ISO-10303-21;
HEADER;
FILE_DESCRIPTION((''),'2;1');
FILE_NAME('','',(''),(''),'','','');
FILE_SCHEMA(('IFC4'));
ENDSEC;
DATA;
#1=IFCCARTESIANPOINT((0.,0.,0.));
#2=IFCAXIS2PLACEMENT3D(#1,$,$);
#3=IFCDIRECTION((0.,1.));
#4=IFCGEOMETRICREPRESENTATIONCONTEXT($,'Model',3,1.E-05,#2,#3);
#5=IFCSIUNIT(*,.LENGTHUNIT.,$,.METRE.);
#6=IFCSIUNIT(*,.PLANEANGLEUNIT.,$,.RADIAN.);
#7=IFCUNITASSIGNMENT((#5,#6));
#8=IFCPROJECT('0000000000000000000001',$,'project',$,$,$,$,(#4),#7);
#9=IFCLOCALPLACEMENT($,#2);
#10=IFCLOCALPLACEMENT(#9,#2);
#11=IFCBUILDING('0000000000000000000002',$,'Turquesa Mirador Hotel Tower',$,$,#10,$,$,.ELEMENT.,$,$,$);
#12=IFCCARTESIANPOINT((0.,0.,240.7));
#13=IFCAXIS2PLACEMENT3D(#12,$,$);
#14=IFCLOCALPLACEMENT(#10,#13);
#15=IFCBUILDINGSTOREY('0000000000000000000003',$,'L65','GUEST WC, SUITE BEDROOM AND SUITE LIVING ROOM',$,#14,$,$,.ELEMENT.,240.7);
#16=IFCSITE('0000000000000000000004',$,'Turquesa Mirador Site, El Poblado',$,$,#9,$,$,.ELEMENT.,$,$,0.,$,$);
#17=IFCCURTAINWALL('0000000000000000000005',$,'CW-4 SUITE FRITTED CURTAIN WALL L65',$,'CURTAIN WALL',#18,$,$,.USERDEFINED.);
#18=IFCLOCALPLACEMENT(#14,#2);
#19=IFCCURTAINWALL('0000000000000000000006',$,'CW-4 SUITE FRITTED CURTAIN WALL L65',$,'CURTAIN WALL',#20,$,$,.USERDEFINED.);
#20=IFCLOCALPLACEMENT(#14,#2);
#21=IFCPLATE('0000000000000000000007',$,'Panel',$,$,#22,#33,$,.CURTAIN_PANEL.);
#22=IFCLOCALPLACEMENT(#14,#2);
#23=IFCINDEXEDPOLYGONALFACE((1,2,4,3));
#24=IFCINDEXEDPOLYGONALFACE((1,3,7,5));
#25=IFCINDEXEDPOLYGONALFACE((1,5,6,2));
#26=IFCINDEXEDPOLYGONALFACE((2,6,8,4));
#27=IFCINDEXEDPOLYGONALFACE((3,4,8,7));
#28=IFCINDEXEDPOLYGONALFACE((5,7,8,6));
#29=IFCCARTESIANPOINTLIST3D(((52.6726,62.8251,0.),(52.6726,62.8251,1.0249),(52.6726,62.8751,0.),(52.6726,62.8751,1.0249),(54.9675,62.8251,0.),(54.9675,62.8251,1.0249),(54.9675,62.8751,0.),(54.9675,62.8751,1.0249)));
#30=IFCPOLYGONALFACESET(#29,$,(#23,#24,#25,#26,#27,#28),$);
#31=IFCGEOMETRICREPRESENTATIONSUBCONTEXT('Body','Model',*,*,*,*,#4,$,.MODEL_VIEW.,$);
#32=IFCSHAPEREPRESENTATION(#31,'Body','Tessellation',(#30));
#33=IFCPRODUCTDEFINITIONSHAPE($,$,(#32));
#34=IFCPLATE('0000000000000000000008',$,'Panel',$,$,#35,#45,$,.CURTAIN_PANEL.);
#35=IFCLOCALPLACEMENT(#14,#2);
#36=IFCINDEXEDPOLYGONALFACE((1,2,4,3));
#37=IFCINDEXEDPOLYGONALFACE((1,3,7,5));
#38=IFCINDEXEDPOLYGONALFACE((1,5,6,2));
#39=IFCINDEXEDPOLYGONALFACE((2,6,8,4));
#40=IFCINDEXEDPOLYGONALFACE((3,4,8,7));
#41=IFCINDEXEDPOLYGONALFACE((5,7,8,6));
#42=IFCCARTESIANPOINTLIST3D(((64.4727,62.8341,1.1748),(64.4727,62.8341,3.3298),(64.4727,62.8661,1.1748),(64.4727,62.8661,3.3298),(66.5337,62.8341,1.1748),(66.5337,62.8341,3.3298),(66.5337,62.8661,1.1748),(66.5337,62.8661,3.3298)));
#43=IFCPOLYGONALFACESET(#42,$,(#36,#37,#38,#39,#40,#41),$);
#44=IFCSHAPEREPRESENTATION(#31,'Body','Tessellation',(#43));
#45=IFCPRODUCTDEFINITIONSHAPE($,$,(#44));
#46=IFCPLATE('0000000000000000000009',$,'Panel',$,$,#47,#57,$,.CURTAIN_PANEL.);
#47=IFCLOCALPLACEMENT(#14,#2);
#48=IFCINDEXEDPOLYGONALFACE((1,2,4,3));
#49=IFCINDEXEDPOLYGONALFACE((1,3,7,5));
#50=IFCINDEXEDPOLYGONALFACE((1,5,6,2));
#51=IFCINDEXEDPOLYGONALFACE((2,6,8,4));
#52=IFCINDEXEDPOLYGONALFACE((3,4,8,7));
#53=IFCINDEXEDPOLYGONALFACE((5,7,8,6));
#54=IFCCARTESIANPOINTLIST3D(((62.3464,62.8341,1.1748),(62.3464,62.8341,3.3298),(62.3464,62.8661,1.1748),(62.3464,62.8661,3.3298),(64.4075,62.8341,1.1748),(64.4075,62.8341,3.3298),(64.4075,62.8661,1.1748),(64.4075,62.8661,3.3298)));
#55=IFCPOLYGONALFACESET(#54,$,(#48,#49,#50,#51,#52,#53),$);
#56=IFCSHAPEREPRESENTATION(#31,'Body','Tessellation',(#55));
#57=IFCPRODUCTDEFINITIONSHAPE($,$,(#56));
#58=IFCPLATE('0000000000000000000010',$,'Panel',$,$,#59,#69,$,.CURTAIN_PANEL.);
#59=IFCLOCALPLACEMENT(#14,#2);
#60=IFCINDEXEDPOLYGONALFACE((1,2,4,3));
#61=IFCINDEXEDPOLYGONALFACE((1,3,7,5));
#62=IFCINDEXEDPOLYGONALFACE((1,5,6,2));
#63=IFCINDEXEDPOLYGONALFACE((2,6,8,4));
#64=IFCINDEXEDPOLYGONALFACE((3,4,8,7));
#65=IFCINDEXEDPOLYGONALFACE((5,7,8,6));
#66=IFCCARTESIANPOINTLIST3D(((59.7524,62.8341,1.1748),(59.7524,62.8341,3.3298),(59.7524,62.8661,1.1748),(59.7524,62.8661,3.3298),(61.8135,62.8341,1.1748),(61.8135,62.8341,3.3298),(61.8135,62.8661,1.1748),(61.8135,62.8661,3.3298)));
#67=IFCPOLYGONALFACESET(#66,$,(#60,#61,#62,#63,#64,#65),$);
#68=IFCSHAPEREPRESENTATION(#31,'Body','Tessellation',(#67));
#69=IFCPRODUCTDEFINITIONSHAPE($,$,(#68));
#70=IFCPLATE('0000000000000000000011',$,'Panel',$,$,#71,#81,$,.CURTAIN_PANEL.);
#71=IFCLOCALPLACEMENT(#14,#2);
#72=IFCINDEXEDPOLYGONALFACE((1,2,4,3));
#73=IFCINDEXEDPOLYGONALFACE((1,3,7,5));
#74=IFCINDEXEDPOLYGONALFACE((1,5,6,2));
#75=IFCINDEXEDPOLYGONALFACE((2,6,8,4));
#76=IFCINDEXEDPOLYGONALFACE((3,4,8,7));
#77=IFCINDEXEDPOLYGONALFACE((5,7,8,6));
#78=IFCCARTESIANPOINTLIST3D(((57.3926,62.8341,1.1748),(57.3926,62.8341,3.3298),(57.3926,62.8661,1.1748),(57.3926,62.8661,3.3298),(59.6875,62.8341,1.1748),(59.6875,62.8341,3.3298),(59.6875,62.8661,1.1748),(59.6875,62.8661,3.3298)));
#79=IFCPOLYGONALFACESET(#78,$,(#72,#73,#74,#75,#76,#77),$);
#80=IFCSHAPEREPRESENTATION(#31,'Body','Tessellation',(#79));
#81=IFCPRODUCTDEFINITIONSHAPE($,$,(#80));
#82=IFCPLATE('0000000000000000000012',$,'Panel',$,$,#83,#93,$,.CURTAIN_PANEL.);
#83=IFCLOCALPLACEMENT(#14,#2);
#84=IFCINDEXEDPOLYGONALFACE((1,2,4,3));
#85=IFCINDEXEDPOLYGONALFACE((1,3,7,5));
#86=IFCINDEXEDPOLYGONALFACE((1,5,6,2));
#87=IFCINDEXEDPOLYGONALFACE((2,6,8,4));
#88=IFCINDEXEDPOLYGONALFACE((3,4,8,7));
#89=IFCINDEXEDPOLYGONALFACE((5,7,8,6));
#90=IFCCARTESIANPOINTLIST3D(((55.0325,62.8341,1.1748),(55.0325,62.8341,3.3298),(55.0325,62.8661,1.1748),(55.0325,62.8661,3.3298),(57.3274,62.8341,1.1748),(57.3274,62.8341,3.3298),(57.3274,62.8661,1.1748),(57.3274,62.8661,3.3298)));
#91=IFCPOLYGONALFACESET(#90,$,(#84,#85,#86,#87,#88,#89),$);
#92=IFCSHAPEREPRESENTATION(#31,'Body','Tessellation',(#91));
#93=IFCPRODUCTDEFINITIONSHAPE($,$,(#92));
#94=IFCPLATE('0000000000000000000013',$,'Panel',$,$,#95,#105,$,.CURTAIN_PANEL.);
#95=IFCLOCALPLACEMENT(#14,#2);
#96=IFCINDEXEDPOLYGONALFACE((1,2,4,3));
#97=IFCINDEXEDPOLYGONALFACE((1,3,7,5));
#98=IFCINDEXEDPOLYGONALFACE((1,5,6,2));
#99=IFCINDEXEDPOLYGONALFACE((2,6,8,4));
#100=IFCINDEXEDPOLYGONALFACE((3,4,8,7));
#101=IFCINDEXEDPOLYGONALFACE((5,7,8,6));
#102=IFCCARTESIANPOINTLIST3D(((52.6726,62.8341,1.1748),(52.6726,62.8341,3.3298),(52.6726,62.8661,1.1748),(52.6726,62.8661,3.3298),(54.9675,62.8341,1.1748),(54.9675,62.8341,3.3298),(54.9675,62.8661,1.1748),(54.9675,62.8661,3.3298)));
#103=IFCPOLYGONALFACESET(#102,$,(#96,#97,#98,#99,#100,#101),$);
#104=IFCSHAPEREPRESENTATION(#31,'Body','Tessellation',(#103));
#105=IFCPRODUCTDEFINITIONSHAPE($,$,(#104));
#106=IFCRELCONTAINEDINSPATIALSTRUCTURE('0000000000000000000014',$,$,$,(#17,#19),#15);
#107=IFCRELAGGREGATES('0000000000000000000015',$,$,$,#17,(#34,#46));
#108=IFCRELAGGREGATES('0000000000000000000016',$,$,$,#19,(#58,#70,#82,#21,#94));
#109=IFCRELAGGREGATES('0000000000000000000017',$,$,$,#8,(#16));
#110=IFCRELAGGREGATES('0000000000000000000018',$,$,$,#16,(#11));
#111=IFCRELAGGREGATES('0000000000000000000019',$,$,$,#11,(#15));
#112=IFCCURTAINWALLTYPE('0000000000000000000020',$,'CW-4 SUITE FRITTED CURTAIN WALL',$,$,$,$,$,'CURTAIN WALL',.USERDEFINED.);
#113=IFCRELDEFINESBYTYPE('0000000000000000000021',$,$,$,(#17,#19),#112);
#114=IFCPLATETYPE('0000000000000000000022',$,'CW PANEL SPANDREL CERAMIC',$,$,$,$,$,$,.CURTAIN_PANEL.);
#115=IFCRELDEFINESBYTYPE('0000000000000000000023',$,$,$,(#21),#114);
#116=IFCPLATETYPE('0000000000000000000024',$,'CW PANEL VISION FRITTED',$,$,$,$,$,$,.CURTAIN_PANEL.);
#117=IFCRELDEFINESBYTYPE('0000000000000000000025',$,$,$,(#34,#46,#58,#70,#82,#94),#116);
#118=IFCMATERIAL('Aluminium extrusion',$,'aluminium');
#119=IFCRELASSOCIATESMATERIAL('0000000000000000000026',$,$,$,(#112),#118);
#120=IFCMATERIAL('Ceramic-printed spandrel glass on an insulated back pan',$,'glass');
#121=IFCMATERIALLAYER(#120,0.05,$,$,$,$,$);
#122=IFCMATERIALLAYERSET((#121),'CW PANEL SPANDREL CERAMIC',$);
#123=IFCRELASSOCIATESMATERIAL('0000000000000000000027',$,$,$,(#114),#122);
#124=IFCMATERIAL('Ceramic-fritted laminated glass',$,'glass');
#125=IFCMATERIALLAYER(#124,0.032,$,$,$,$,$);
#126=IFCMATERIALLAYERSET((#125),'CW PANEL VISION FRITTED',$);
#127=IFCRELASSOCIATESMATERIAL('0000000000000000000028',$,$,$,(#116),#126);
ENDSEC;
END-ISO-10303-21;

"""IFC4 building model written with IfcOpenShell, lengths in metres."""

from ifc_helpers import new_model, si_unit, direction, frame, origin, origin_2d, place, context, subcontext, project, spatial, rectangle, extrude, material, layer, layer_set, type_object, element, aggregate, save


model = new_model("IFC4")

# Units and contexts
model_context = context("Model", 3, precision=1e-05, world=origin(), true_north=direction((0.0, 1.0)))
body_context = subcontext(model_context, "Body", "Model", "MODEL_VIEW")
ifc_project = project(units=[si_unit("LENGTHUNIT", "METRE"), si_unit("PLANEANGLEUNIT", "RADIAN")], contexts=[model_context])

# Site, building, storey
site_placement = place(None, origin())
site = spatial("IfcSite", under=ifc_project, at=site_placement, Name="Turquesa Mirador Site, El Poblado", CompositionType="ELEMENT", RefElevation=0.0)
building_placement = place(site_placement, origin())
building = spatial("IfcBuilding", under=site, at=building_placement, Name="Turquesa Mirador Hotel Tower", CompositionType="ELEMENT")
storey_placement = place(building_placement, frame((0.0, 0.0, 240.7)))
storey = spatial("IfcBuildingStorey", under=building, at=storey_placement, Name="L65", Description="GUEST WC, SUITE BEDROOM AND SUITE LIVING ROOM", CompositionType="ELEMENT", Elevation=240.7)

# Curtain walls
ifc_material_1 = material(Name="Aluminium extrusion", Category="aluminium")
curtain_wall_type = type_object("IfcCurtainWallType", Name="CW-4 SUITE FRITTED CURTAIN WALL", ElementType="CURTAIN WALL", PredefinedType="USERDEFINED", material=ifc_material_1)
curtain_wall_1_placement = place(storey_placement, origin())
curtain_wall_1 = element("IfcCurtainWall", 1, at=curtain_wall_1_placement, inside=storey, type_object=curtain_wall_type, Name="CW-4 SUITE FRITTED CURTAIN WALL L65", ObjectType="CURTAIN WALL", PredefinedType="USERDEFINED")
curtain_wall_2_placement = place(storey_placement, origin())
curtain_wall_2 = element("IfcCurtainWall", 2, at=curtain_wall_2_placement, inside=storey, type_object=curtain_wall_type, Name="CW-4 SUITE FRITTED CURTAIN WALL L65", ObjectType="CURTAIN WALL", PredefinedType="USERDEFINED")

# Plates
ifc_material_2 = material(Name="Ceramic-printed spandrel glass on an insulated back pan", Category="glass")
ifc_layer_1 = layer(ifc_material_2, 0.05)
ifc_layer_set_1 = layer_set([ifc_layer_1], Name="CW PANEL SPANDREL CERAMIC")
plate_type_1 = type_object("IfcPlateType", Name="CW PANEL SPANDREL CERAMIC", PredefinedType="CURTAIN_PANEL", material=ifc_layer_set_1)
plate_1_placement = place(storey_placement, frame((53.8201, 62.8501, 0.0), z_axis=(0.0, 0.0, 1.0), x_axis=(-1.0, 0.0, 0.0)))
plate_1 = element("IfcPlate", 3, at=plate_1_placement, type_object=plate_type_1, Name="Panel", PredefinedType="CURTAIN_PANEL", context=body_context, shape_type="SweptSolid", body=[
    extrude(rectangle(XDim=2.2949, YDim=0.05, at=origin_2d()), origin(), (0.0, 0.0, 1.0), 1.0249),
])
ifc_material_3 = material(Name="Ceramic-fritted laminated glass", Category="glass")
ifc_layer_2 = layer(ifc_material_3, 0.032)
ifc_layer_set_2 = layer_set([ifc_layer_2], Name="CW PANEL VISION FRITTED")
plate_type_2 = type_object("IfcPlateType", Name="CW PANEL VISION FRITTED", PredefinedType="CURTAIN_PANEL", material=ifc_layer_set_2)
plate_2_placement = place(storey_placement, frame((65.5032, 62.8501, 1.1748), z_axis=(0.0, 0.0, 1.0), x_axis=(-1.0, 0.0, 0.0)))
plate_2 = element("IfcPlate", 4, at=plate_2_placement, type_object=plate_type_2, Name="Panel", PredefinedType="CURTAIN_PANEL", context=body_context, shape_type="SweptSolid", body=[
    extrude(rectangle(XDim=2.061, YDim=0.032, at=origin_2d()), origin(), (0.0, 0.0, 1.0), 2.155),
])
plate_3_placement = place(storey_placement, frame((63.377, 62.8501, 1.1748), z_axis=(0.0, 0.0, 1.0), x_axis=(-1.0, 0.0, 0.0)))
plate_3 = element("IfcPlate", 5, at=plate_3_placement, type_object=plate_type_2, Name="Panel", PredefinedType="CURTAIN_PANEL", context=body_context, shape_type="SweptSolid", body=[
    extrude(rectangle(XDim=2.061, YDim=0.032, at=origin_2d()), origin(), (0.0, 0.0, 1.0), 2.155),
])
aggregate(curtain_wall_1, [plate_2, plate_3])
plate_4_placement = place(storey_placement, frame((60.783, 62.8501, 1.1748), z_axis=(0.0, 0.0, 1.0), x_axis=(-1.0, 0.0, 0.0)))
plate_4 = element("IfcPlate", 6, at=plate_4_placement, type_object=plate_type_2, Name="Panel", PredefinedType="CURTAIN_PANEL", context=body_context, shape_type="SweptSolid", body=[
    extrude(rectangle(XDim=2.061, YDim=0.032, at=origin_2d()), origin(), (0.0, 0.0, 1.0), 2.155),
])
plate_5_placement = place(storey_placement, frame((58.54, 62.8501, 1.1748), z_axis=(0.0, 0.0, 1.0), x_axis=(-1.0, 0.0, 0.0)))
plate_5 = element("IfcPlate", 7, at=plate_5_placement, type_object=plate_type_2, Name="Panel", PredefinedType="CURTAIN_PANEL", context=body_context, shape_type="SweptSolid", body=[
    extrude(rectangle(XDim=2.2949, YDim=0.032, at=origin_2d()), origin(), (0.0, 0.0, 1.0), 2.155),
])
plate_6_placement = place(storey_placement, frame((56.1799, 62.8501, 1.1748), z_axis=(0.0, 0.0, 1.0), x_axis=(-1.0, 0.0, 0.0)))
plate_6 = element("IfcPlate", 8, at=plate_6_placement, type_object=plate_type_2, Name="Panel", PredefinedType="CURTAIN_PANEL", context=body_context, shape_type="SweptSolid", body=[
    extrude(rectangle(XDim=2.2949, YDim=0.032, at=origin_2d()), origin(), (0.0, 0.0, 1.0), 2.155),
])
plate_7_placement = place(storey_placement, frame((53.8201, 62.8501, 1.1748), z_axis=(0.0, 0.0, 1.0), x_axis=(-1.0, 0.0, 0.0)))
plate_7 = element("IfcPlate", 9, at=plate_7_placement, type_object=plate_type_2, Name="Panel", PredefinedType="CURTAIN_PANEL", context=body_context, shape_type="SweptSolid", body=[
    extrude(rectangle(XDim=2.2949, YDim=0.032, at=origin_2d()), origin(), (0.0, 0.0, 1.0), 2.155),
])
aggregate(curtain_wall_2, [plate_4, plate_5, plate_6, plate_1, plate_7])

save(model, "model.ifc")
